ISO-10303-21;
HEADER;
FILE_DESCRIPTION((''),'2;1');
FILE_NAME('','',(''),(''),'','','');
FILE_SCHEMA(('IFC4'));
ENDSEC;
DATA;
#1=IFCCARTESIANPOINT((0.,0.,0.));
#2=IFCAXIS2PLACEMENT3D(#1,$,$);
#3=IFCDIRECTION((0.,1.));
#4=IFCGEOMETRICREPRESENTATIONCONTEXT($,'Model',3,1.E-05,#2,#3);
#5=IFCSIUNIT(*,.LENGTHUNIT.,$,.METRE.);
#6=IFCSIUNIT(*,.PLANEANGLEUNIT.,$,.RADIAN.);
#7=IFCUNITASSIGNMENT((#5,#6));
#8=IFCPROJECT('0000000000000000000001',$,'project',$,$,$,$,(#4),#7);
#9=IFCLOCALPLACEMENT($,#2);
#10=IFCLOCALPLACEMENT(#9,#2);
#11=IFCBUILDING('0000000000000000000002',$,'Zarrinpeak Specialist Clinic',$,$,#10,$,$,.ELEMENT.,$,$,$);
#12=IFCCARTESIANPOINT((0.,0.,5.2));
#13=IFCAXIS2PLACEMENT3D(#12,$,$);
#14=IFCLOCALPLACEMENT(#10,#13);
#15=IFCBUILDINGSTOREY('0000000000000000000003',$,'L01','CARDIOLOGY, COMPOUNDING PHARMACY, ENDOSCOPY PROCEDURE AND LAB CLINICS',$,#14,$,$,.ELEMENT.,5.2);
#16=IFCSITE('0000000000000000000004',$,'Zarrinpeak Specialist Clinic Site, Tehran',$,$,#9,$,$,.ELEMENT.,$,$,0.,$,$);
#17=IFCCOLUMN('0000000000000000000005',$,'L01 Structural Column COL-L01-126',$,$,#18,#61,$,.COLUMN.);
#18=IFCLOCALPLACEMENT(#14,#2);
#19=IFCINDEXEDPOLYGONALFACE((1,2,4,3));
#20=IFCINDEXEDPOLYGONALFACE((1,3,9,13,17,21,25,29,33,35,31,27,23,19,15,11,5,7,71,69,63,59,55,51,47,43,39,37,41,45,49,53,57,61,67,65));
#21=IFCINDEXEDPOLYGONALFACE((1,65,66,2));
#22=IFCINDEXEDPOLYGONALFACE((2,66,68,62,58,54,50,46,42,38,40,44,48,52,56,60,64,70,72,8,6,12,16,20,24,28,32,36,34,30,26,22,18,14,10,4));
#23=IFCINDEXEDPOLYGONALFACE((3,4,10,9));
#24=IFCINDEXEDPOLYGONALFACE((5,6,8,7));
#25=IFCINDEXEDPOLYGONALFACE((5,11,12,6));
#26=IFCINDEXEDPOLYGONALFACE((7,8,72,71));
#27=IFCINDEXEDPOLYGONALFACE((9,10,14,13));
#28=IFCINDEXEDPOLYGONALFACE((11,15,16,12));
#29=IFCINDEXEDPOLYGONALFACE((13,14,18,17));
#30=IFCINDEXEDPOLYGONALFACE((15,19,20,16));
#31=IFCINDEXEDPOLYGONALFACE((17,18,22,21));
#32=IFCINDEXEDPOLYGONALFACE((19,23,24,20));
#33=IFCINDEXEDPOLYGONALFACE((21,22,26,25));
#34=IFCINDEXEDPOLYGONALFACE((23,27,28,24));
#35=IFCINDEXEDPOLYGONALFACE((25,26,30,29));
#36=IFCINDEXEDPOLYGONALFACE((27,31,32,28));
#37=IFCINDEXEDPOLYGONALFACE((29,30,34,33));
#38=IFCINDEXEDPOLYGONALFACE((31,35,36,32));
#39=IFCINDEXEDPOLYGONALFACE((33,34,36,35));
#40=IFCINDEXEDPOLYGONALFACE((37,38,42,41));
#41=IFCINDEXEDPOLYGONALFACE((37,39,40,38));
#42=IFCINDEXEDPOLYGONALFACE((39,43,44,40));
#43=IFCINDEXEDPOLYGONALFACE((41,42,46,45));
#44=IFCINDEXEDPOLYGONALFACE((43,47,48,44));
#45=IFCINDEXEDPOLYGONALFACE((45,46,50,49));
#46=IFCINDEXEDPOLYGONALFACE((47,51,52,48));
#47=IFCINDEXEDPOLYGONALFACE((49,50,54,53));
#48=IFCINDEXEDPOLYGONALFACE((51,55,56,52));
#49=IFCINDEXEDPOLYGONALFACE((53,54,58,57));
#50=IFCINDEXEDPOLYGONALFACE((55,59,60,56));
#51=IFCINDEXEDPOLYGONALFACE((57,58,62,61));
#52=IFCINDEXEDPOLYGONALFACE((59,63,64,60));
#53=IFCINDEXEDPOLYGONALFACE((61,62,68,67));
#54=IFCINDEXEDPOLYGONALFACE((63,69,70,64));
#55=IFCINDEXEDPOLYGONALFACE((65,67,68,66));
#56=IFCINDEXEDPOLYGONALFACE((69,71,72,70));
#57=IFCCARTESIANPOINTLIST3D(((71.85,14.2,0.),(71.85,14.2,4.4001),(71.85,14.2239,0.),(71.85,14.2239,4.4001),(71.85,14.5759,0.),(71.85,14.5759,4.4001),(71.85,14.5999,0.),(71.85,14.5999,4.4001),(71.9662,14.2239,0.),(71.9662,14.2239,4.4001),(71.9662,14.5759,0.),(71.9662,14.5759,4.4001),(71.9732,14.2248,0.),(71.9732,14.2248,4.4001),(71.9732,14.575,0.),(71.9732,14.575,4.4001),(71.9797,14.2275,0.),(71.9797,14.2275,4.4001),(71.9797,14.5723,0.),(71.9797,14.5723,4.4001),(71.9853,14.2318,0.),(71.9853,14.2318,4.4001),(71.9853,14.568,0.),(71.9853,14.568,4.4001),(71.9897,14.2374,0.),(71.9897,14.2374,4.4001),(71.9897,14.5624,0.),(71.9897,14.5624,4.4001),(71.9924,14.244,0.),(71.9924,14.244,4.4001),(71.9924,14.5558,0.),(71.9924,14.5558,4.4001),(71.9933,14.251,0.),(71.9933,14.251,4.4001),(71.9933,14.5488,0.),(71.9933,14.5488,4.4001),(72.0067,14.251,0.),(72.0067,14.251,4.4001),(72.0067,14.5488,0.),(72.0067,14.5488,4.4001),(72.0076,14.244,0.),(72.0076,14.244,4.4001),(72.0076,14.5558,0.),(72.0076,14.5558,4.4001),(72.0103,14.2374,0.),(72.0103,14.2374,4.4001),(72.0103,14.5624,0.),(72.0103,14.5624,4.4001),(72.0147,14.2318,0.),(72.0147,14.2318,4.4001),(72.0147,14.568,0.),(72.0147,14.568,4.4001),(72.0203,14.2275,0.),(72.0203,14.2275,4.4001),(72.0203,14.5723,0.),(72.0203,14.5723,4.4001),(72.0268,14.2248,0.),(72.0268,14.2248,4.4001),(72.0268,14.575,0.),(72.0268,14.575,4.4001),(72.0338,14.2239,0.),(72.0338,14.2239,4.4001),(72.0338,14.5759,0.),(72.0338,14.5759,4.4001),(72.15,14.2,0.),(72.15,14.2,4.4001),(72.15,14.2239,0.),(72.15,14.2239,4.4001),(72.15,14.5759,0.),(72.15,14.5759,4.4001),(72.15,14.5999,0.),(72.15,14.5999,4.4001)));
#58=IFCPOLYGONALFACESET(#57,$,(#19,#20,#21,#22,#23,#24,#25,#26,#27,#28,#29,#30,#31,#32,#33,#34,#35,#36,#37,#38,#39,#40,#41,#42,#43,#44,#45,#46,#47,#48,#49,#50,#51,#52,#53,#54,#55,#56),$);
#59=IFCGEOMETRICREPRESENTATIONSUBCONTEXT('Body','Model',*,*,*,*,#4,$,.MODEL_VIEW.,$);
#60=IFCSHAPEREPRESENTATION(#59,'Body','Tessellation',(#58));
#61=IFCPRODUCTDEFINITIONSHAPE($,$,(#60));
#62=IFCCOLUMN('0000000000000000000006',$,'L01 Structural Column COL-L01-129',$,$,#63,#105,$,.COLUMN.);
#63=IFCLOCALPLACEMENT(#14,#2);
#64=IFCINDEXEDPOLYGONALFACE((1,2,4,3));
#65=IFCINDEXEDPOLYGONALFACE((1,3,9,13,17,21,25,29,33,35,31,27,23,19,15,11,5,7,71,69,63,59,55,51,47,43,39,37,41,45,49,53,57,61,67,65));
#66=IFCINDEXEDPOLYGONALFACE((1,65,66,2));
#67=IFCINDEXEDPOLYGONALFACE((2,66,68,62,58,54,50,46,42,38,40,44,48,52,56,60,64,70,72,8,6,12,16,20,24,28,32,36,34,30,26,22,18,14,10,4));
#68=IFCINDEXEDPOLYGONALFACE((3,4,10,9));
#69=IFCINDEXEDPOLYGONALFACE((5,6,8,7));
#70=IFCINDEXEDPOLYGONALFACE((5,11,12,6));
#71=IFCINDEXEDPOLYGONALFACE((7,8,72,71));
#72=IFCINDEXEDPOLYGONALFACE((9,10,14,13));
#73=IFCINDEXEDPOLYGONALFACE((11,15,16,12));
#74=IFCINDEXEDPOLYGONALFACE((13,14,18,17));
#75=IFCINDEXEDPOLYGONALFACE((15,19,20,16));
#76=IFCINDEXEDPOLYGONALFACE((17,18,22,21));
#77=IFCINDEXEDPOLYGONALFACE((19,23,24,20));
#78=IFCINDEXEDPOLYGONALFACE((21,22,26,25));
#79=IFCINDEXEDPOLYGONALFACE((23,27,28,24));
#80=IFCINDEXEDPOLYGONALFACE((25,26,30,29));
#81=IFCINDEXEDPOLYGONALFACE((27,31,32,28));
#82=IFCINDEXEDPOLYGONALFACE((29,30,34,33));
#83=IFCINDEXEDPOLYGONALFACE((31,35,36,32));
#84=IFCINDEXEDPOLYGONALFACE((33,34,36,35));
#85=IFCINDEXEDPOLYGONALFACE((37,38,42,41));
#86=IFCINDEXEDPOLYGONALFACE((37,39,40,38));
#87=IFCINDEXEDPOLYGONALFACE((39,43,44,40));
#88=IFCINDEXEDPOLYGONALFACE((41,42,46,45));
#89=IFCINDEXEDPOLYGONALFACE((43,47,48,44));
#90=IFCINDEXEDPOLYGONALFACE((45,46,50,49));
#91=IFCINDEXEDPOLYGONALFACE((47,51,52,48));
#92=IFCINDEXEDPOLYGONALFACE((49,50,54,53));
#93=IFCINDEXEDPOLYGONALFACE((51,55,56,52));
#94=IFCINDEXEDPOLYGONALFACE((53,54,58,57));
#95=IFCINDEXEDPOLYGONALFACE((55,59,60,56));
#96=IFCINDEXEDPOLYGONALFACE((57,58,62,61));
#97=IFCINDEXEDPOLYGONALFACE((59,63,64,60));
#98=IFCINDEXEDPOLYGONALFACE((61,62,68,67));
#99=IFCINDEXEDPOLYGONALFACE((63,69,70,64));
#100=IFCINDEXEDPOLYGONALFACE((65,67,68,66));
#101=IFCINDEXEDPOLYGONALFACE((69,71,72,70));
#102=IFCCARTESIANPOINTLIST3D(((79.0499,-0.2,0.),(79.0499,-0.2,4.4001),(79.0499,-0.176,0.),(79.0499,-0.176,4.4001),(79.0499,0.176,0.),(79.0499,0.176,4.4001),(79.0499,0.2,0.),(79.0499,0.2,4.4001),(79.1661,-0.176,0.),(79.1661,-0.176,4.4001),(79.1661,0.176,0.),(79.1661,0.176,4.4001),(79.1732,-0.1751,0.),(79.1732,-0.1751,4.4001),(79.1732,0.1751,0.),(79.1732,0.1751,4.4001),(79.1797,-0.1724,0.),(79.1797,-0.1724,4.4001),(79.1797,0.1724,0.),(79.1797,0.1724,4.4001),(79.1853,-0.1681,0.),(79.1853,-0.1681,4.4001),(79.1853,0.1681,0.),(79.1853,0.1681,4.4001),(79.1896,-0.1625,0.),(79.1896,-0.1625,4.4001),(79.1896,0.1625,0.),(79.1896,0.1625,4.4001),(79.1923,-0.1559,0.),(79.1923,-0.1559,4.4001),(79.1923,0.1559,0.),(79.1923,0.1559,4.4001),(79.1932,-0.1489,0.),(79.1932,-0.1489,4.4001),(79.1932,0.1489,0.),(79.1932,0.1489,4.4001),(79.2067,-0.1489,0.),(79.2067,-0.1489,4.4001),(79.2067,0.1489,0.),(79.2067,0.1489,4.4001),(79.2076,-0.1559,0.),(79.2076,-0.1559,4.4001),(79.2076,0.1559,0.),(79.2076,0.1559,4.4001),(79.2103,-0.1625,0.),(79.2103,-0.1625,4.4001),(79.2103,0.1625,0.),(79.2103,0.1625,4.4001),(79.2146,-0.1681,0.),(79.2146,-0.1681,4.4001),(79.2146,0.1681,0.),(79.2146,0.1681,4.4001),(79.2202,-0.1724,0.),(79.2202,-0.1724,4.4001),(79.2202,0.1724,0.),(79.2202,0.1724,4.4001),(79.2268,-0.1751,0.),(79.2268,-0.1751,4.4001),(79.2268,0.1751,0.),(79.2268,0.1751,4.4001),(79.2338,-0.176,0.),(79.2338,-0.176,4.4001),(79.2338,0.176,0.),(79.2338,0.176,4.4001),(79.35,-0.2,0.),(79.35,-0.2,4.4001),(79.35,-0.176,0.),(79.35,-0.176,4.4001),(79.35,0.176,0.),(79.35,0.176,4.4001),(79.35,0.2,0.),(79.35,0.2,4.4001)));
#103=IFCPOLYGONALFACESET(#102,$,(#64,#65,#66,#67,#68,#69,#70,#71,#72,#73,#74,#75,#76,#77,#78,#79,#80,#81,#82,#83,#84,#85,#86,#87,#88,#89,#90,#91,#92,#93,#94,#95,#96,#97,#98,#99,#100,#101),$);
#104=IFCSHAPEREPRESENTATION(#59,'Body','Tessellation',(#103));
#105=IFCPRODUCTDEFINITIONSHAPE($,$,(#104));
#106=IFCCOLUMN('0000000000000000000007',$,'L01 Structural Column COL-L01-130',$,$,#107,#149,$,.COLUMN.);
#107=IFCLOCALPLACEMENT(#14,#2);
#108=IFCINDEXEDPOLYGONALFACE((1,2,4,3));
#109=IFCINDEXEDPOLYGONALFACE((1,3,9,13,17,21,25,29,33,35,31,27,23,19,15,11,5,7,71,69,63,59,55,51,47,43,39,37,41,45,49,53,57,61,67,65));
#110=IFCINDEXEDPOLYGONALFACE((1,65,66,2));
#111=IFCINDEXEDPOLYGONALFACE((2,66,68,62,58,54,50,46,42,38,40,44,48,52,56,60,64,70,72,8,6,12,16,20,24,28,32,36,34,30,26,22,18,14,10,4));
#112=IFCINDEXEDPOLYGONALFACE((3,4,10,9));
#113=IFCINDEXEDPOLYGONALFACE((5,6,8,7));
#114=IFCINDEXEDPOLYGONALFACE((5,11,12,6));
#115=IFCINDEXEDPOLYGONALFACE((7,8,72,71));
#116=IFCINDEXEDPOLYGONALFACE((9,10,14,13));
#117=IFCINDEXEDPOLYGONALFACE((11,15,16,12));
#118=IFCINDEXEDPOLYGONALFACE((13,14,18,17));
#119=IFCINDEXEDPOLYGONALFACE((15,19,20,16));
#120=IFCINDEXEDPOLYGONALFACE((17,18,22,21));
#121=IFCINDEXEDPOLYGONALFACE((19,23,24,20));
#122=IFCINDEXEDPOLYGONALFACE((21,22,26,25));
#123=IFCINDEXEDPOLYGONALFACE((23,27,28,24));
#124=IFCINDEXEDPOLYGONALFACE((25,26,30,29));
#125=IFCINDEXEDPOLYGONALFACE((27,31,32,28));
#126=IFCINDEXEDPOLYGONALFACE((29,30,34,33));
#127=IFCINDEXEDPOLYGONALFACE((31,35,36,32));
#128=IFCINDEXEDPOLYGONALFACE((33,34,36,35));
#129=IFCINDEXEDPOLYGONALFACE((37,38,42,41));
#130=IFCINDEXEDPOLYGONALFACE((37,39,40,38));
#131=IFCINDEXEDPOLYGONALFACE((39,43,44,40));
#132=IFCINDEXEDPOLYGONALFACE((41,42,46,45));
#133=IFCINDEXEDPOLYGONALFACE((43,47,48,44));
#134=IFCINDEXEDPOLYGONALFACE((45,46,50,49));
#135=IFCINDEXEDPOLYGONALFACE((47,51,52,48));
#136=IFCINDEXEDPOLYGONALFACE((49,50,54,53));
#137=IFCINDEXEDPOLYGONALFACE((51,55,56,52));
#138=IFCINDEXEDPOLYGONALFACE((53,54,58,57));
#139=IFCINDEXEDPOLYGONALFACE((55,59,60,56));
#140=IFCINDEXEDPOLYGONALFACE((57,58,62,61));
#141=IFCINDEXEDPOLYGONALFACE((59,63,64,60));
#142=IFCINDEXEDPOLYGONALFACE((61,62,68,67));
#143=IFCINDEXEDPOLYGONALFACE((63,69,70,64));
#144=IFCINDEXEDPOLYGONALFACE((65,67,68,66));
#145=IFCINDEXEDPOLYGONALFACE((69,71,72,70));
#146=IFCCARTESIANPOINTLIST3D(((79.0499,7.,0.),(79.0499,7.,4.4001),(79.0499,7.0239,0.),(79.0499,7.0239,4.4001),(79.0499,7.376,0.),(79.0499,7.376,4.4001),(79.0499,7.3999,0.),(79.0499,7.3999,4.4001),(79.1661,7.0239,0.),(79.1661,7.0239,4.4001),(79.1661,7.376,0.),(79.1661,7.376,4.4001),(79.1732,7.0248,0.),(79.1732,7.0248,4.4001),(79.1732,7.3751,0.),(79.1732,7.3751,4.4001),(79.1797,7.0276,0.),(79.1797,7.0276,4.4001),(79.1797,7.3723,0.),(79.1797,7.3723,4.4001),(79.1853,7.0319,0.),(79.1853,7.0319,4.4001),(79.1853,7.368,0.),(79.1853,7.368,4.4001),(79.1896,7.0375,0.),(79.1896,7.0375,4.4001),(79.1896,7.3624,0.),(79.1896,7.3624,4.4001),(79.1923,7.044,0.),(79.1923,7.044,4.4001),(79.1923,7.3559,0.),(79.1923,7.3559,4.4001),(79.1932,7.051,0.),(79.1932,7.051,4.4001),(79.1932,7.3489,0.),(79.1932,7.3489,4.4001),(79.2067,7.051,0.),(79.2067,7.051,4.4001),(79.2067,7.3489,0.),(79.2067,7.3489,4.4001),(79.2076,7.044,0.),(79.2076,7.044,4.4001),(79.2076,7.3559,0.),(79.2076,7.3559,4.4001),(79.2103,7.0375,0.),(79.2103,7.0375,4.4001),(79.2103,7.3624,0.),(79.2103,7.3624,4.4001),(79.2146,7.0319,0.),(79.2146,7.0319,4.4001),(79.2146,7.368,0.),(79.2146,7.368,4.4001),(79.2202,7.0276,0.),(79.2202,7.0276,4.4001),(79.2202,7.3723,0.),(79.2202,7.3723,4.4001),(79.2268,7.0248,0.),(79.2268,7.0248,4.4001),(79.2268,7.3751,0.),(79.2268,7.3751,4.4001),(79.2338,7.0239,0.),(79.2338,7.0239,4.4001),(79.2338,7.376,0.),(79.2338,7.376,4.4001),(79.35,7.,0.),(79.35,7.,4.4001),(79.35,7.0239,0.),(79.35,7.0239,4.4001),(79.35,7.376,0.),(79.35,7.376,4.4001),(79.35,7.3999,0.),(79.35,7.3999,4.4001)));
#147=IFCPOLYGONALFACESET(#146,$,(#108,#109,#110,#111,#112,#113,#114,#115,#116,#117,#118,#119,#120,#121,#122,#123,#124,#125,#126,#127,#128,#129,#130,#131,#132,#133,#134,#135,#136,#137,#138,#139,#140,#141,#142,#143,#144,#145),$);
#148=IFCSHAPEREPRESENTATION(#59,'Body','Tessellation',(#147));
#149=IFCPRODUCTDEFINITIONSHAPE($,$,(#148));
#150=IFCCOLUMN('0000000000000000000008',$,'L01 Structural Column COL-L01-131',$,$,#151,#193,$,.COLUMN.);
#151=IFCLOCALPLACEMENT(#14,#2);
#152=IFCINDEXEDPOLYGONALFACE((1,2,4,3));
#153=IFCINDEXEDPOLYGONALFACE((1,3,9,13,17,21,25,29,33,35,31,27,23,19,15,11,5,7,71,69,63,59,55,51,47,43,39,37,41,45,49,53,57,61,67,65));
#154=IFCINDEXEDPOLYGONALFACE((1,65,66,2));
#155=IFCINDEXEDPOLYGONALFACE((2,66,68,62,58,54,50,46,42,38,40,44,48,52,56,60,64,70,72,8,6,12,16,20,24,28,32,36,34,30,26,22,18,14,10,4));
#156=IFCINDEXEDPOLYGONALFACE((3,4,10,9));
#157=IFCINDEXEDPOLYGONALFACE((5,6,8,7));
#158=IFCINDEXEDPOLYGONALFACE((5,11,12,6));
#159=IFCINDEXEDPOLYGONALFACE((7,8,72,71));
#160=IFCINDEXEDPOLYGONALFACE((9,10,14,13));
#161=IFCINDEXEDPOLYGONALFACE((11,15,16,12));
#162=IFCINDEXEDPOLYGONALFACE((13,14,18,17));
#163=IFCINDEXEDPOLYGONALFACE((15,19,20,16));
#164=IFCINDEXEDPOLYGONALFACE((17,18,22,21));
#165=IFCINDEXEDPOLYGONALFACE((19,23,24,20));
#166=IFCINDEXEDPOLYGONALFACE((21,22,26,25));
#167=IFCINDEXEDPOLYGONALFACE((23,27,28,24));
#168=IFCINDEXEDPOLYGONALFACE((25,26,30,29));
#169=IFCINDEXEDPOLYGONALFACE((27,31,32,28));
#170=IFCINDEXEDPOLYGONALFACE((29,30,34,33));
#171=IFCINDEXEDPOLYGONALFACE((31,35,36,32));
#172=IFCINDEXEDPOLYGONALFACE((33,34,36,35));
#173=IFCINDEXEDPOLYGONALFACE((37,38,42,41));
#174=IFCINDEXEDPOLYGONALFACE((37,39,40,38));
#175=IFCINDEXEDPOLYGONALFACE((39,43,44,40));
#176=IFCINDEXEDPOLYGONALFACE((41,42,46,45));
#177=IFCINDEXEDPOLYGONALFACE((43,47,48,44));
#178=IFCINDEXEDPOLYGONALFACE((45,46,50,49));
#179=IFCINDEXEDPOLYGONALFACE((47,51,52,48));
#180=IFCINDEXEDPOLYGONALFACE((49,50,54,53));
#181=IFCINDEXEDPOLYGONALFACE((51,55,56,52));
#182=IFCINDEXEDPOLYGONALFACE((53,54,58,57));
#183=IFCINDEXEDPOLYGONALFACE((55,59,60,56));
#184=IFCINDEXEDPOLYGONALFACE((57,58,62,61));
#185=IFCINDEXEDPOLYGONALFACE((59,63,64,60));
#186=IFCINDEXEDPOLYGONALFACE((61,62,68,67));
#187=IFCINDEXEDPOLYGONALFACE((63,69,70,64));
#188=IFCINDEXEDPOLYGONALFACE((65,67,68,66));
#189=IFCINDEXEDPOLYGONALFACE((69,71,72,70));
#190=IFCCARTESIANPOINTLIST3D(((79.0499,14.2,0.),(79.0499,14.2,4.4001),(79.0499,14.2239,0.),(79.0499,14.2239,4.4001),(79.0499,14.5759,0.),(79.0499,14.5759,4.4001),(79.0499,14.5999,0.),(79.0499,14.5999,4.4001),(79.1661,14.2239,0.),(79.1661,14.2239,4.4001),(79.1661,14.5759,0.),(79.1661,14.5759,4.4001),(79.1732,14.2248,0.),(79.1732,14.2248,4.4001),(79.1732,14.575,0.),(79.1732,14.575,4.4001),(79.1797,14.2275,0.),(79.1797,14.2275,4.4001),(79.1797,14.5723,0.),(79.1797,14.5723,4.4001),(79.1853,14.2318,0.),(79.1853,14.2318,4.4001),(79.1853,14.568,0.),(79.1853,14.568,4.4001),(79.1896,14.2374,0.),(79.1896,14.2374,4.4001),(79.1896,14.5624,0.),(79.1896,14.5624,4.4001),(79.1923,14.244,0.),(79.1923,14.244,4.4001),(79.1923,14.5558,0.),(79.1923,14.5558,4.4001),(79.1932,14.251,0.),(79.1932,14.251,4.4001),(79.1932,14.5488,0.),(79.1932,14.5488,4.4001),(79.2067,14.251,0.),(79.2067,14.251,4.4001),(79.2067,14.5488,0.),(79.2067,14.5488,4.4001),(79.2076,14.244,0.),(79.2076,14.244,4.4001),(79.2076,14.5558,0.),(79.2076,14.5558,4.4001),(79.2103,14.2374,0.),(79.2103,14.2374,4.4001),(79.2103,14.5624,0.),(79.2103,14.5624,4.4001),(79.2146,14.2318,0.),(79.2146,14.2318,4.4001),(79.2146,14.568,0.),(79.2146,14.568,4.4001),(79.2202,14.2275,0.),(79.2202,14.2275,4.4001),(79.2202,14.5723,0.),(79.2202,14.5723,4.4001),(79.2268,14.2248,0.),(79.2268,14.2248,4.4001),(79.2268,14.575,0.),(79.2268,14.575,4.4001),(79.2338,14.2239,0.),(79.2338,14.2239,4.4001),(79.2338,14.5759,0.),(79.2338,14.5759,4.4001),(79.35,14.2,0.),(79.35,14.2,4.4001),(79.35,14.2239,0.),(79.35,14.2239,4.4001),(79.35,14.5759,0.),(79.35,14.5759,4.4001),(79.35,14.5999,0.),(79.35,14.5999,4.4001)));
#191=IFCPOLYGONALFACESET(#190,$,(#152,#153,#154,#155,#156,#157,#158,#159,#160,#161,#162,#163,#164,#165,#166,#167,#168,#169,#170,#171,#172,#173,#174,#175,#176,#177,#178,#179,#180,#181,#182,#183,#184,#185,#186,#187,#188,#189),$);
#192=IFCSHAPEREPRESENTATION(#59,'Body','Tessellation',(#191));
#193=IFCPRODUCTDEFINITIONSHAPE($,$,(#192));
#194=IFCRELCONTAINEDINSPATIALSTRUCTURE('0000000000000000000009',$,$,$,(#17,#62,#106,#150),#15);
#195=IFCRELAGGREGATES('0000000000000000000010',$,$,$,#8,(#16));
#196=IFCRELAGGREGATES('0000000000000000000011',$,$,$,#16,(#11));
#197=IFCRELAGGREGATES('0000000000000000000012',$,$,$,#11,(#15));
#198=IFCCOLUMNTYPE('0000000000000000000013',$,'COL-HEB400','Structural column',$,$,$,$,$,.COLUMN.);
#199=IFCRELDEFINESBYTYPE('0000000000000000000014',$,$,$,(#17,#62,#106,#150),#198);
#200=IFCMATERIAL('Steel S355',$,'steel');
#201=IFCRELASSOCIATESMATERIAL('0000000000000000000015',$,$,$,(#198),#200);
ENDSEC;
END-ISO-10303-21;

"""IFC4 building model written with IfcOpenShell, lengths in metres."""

from ifc_helpers import new_model, si_unit, direction, frame, origin, origin_2d, place, context, subcontext, project, spatial, i_section, extrude, material, material_profile, profile_set, type_object, element, save


model = new_model("IFC4")

# Units and contexts
model_context = context("Model", 3, precision=1e-05, world=origin(), true_north=direction((0.0, 1.0)))
body_context = subcontext(model_context, "Body", "Model", "MODEL_VIEW")
ifc_project = project(units=[si_unit("LENGTHUNIT", "METRE"), si_unit("PLANEANGLEUNIT", "RADIAN")], contexts=[model_context])

# Site, building, storey
site_placement = place(None, origin())
site = spatial("IfcSite", under=ifc_project, at=site_placement, Name="Zarrinpeak Specialist Clinic Site, Tehran", CompositionType="ELEMENT", RefElevation=0.0)
building_placement = place(site_placement, origin())
building = spatial("IfcBuilding", under=site, at=building_placement, Name="Zarrinpeak Specialist Clinic", CompositionType="ELEMENT")
storey_placement = place(building_placement, frame((0.0, 0.0, 5.2)))
storey = spatial("IfcBuildingStorey", under=building, at=storey_placement, Name="L01", Description="CARDIOLOGY, COMPOUNDING PHARMACY, ENDOSCOPY PROCEDURE AND LAB CLINICS", CompositionType="ELEMENT", Elevation=5.2)

# Columns
ifc_material_1 = material(Name="Steel S355", Category="steel")
ifc_material_profile_1 = material_profile(ifc_material_1, i_section(OverallWidth=0.3, OverallDepth=0.3999, WebThickness=0.0134, FlangeThickness=0.0239, FilletRadius=0.0271, at=origin_2d()), Name="HEB 400")
ifc_profile_set_1 = profile_set([ifc_material_profile_1], Name="Steel S355")
column_type = type_object("IfcColumnType", Name="COL-HEB400", Description="Structural column", PredefinedType="COLUMN", material=ifc_profile_set_1)
for number, where, z_axis, x_axis, name in (
    (1, (72.0, 14.3999, 0.0), (0.0, 0.0, 1.0), (1.0, 0.0, 0.0), "L01 Structural Column COL-L01-126"),
    (2, (79.2, 0.0, 0.0), (0.0, 0.0, 1.0), (1.0, 0.0, 0.0), "L01 Structural Column COL-L01-129"),
    (3, (79.2, 7.2, 0.0), (0.0, 0.0, 1.0), (1.0, 0.0, 0.0), "L01 Structural Column COL-L01-130"),
    (4, (79.2, 14.3999, 0.0), (0.0, 0.0, 1.0), (1.0, 0.0, 0.0), "L01 Structural Column COL-L01-131"),
):
    element("IfcColumn", number, at=place(storey_placement, frame(where, z_axis=z_axis, x_axis=x_axis)), inside=storey, type_object=column_type, Name=name, PredefinedType="COLUMN", context=body_context, shape_type="SweptSolid", body=[
        extrude(i_section(OverallWidth=0.3, OverallDepth=0.3999, WebThickness=0.0134, FlangeThickness=0.0239, FilletRadius=0.0271, at=origin_2d()), origin(), (0.0, 0.0, 1.0), 4.4001),
    ])

save(model, "model.ifc")
